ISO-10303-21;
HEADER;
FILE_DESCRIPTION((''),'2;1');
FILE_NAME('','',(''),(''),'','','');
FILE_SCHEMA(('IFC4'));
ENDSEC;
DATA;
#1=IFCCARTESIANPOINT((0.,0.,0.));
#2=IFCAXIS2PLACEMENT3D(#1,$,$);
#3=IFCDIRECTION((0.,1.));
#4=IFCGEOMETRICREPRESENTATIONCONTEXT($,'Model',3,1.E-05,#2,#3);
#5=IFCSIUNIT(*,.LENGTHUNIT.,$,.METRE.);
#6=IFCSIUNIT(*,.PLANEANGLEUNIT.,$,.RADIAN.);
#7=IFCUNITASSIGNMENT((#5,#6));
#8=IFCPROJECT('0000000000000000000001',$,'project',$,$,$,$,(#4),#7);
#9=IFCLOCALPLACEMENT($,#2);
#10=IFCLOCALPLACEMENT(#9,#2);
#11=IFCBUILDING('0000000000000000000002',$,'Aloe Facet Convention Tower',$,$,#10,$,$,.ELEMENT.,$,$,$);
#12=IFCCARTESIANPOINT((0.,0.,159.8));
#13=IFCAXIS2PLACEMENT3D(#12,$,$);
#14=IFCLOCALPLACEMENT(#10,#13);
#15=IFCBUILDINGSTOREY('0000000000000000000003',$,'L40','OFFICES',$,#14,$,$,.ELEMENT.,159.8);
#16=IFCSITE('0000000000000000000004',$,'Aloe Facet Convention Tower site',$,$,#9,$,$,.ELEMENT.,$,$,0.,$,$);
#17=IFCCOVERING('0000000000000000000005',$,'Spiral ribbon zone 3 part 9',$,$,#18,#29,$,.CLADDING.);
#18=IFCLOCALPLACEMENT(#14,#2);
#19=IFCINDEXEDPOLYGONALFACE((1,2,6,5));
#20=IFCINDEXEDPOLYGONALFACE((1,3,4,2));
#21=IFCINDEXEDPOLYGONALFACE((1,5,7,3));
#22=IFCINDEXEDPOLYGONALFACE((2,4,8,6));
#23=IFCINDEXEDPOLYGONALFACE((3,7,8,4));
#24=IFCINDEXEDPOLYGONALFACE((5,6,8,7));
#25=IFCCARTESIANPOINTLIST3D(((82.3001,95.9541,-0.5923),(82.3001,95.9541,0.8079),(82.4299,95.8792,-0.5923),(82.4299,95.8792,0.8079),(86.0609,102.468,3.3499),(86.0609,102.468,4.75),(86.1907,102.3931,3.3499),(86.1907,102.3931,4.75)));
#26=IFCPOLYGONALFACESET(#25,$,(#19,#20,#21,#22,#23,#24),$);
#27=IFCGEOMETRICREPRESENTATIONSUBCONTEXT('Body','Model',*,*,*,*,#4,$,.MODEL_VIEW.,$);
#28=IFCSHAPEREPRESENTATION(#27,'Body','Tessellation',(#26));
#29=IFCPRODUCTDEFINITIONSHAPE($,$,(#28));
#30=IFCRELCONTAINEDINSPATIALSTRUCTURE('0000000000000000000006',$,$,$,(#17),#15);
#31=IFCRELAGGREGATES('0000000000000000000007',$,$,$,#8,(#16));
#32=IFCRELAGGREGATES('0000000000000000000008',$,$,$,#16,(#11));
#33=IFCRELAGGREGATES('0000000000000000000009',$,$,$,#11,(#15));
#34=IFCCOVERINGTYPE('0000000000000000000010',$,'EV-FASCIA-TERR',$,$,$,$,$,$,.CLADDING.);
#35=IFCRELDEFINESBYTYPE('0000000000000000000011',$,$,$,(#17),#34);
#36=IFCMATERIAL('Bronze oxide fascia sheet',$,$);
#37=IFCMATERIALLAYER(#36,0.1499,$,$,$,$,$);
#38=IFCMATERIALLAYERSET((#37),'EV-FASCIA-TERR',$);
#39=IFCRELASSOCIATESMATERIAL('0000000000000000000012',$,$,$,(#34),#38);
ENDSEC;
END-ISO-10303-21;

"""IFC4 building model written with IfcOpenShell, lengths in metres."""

from ifc_helpers import new_model, si_unit, direction, frame, origin, place, context, subcontext, project, spatial, polyline, outline, extrude, material, layer, layer_set, type_object, element, save


model = new_model("IFC4")

# Units and contexts
model_context = context("Model", 3, precision=1e-05, world=origin(), true_north=direction((0.0, 1.0)))
body_context = subcontext(model_context, "Body", "Model", "MODEL_VIEW")
ifc_project = project(units=[si_unit("LENGTHUNIT", "METRE"), si_unit("PLANEANGLEUNIT", "RADIAN")], contexts=[model_context])

# Site, building, storey
site_placement = place(None, origin())
site = spatial("IfcSite", under=ifc_project, at=site_placement, Name="Aloe Facet Convention Tower site", CompositionType="ELEMENT", RefElevation=0.0)
building_placement = place(site_placement, origin())
building = spatial("IfcBuilding", under=site, at=building_placement, Name="Aloe Facet Convention Tower", CompositionType="ELEMENT")
storey_placement = place(building_placement, frame((0.0, 0.0, 159.8)))
storey = spatial("IfcBuildingStorey", under=building, at=storey_placement, Name="L40", Description="OFFICES", CompositionType="ELEMENT", Elevation=159.8)

# Covering
ifc_material_1 = material(Name="Bronze oxide fascia sheet")
ifc_layer_1 = layer(ifc_material_1, 0.1499)
ifc_layer_set_1 = layer_set([ifc_layer_1], Name="EV-FASCIA-TERR")
covering_type = type_object("IfcCoveringType", Name="EV-FASCIA-TERR", PredefinedType="CLADDING", material=ifc_layer_set_1)
covering_placement = place(storey_placement, frame((82.4299, 95.8792, -0.5923), z_axis=(0.866029, -0.499993, 0.0), x_axis=(0.442855, 0.767061, 0.464216)))
element("IfcCovering", 1, at=covering_placement, inside=storey, type_object=covering_type, Name="Spiral ribbon zone 3 part 9", PredefinedType="CLADDING", context=body_context, shape_type="SweptSolid", body=[
    extrude(outline(polyline([(0.0, 0.0), (8.492, 0.0), (9.142, 1.2401), (0.65, 1.2401), (0.0, 0.0)])), origin(), (0.0, 0.0, -1.0), 0.1499),
])

save(model, "model.ifc")
